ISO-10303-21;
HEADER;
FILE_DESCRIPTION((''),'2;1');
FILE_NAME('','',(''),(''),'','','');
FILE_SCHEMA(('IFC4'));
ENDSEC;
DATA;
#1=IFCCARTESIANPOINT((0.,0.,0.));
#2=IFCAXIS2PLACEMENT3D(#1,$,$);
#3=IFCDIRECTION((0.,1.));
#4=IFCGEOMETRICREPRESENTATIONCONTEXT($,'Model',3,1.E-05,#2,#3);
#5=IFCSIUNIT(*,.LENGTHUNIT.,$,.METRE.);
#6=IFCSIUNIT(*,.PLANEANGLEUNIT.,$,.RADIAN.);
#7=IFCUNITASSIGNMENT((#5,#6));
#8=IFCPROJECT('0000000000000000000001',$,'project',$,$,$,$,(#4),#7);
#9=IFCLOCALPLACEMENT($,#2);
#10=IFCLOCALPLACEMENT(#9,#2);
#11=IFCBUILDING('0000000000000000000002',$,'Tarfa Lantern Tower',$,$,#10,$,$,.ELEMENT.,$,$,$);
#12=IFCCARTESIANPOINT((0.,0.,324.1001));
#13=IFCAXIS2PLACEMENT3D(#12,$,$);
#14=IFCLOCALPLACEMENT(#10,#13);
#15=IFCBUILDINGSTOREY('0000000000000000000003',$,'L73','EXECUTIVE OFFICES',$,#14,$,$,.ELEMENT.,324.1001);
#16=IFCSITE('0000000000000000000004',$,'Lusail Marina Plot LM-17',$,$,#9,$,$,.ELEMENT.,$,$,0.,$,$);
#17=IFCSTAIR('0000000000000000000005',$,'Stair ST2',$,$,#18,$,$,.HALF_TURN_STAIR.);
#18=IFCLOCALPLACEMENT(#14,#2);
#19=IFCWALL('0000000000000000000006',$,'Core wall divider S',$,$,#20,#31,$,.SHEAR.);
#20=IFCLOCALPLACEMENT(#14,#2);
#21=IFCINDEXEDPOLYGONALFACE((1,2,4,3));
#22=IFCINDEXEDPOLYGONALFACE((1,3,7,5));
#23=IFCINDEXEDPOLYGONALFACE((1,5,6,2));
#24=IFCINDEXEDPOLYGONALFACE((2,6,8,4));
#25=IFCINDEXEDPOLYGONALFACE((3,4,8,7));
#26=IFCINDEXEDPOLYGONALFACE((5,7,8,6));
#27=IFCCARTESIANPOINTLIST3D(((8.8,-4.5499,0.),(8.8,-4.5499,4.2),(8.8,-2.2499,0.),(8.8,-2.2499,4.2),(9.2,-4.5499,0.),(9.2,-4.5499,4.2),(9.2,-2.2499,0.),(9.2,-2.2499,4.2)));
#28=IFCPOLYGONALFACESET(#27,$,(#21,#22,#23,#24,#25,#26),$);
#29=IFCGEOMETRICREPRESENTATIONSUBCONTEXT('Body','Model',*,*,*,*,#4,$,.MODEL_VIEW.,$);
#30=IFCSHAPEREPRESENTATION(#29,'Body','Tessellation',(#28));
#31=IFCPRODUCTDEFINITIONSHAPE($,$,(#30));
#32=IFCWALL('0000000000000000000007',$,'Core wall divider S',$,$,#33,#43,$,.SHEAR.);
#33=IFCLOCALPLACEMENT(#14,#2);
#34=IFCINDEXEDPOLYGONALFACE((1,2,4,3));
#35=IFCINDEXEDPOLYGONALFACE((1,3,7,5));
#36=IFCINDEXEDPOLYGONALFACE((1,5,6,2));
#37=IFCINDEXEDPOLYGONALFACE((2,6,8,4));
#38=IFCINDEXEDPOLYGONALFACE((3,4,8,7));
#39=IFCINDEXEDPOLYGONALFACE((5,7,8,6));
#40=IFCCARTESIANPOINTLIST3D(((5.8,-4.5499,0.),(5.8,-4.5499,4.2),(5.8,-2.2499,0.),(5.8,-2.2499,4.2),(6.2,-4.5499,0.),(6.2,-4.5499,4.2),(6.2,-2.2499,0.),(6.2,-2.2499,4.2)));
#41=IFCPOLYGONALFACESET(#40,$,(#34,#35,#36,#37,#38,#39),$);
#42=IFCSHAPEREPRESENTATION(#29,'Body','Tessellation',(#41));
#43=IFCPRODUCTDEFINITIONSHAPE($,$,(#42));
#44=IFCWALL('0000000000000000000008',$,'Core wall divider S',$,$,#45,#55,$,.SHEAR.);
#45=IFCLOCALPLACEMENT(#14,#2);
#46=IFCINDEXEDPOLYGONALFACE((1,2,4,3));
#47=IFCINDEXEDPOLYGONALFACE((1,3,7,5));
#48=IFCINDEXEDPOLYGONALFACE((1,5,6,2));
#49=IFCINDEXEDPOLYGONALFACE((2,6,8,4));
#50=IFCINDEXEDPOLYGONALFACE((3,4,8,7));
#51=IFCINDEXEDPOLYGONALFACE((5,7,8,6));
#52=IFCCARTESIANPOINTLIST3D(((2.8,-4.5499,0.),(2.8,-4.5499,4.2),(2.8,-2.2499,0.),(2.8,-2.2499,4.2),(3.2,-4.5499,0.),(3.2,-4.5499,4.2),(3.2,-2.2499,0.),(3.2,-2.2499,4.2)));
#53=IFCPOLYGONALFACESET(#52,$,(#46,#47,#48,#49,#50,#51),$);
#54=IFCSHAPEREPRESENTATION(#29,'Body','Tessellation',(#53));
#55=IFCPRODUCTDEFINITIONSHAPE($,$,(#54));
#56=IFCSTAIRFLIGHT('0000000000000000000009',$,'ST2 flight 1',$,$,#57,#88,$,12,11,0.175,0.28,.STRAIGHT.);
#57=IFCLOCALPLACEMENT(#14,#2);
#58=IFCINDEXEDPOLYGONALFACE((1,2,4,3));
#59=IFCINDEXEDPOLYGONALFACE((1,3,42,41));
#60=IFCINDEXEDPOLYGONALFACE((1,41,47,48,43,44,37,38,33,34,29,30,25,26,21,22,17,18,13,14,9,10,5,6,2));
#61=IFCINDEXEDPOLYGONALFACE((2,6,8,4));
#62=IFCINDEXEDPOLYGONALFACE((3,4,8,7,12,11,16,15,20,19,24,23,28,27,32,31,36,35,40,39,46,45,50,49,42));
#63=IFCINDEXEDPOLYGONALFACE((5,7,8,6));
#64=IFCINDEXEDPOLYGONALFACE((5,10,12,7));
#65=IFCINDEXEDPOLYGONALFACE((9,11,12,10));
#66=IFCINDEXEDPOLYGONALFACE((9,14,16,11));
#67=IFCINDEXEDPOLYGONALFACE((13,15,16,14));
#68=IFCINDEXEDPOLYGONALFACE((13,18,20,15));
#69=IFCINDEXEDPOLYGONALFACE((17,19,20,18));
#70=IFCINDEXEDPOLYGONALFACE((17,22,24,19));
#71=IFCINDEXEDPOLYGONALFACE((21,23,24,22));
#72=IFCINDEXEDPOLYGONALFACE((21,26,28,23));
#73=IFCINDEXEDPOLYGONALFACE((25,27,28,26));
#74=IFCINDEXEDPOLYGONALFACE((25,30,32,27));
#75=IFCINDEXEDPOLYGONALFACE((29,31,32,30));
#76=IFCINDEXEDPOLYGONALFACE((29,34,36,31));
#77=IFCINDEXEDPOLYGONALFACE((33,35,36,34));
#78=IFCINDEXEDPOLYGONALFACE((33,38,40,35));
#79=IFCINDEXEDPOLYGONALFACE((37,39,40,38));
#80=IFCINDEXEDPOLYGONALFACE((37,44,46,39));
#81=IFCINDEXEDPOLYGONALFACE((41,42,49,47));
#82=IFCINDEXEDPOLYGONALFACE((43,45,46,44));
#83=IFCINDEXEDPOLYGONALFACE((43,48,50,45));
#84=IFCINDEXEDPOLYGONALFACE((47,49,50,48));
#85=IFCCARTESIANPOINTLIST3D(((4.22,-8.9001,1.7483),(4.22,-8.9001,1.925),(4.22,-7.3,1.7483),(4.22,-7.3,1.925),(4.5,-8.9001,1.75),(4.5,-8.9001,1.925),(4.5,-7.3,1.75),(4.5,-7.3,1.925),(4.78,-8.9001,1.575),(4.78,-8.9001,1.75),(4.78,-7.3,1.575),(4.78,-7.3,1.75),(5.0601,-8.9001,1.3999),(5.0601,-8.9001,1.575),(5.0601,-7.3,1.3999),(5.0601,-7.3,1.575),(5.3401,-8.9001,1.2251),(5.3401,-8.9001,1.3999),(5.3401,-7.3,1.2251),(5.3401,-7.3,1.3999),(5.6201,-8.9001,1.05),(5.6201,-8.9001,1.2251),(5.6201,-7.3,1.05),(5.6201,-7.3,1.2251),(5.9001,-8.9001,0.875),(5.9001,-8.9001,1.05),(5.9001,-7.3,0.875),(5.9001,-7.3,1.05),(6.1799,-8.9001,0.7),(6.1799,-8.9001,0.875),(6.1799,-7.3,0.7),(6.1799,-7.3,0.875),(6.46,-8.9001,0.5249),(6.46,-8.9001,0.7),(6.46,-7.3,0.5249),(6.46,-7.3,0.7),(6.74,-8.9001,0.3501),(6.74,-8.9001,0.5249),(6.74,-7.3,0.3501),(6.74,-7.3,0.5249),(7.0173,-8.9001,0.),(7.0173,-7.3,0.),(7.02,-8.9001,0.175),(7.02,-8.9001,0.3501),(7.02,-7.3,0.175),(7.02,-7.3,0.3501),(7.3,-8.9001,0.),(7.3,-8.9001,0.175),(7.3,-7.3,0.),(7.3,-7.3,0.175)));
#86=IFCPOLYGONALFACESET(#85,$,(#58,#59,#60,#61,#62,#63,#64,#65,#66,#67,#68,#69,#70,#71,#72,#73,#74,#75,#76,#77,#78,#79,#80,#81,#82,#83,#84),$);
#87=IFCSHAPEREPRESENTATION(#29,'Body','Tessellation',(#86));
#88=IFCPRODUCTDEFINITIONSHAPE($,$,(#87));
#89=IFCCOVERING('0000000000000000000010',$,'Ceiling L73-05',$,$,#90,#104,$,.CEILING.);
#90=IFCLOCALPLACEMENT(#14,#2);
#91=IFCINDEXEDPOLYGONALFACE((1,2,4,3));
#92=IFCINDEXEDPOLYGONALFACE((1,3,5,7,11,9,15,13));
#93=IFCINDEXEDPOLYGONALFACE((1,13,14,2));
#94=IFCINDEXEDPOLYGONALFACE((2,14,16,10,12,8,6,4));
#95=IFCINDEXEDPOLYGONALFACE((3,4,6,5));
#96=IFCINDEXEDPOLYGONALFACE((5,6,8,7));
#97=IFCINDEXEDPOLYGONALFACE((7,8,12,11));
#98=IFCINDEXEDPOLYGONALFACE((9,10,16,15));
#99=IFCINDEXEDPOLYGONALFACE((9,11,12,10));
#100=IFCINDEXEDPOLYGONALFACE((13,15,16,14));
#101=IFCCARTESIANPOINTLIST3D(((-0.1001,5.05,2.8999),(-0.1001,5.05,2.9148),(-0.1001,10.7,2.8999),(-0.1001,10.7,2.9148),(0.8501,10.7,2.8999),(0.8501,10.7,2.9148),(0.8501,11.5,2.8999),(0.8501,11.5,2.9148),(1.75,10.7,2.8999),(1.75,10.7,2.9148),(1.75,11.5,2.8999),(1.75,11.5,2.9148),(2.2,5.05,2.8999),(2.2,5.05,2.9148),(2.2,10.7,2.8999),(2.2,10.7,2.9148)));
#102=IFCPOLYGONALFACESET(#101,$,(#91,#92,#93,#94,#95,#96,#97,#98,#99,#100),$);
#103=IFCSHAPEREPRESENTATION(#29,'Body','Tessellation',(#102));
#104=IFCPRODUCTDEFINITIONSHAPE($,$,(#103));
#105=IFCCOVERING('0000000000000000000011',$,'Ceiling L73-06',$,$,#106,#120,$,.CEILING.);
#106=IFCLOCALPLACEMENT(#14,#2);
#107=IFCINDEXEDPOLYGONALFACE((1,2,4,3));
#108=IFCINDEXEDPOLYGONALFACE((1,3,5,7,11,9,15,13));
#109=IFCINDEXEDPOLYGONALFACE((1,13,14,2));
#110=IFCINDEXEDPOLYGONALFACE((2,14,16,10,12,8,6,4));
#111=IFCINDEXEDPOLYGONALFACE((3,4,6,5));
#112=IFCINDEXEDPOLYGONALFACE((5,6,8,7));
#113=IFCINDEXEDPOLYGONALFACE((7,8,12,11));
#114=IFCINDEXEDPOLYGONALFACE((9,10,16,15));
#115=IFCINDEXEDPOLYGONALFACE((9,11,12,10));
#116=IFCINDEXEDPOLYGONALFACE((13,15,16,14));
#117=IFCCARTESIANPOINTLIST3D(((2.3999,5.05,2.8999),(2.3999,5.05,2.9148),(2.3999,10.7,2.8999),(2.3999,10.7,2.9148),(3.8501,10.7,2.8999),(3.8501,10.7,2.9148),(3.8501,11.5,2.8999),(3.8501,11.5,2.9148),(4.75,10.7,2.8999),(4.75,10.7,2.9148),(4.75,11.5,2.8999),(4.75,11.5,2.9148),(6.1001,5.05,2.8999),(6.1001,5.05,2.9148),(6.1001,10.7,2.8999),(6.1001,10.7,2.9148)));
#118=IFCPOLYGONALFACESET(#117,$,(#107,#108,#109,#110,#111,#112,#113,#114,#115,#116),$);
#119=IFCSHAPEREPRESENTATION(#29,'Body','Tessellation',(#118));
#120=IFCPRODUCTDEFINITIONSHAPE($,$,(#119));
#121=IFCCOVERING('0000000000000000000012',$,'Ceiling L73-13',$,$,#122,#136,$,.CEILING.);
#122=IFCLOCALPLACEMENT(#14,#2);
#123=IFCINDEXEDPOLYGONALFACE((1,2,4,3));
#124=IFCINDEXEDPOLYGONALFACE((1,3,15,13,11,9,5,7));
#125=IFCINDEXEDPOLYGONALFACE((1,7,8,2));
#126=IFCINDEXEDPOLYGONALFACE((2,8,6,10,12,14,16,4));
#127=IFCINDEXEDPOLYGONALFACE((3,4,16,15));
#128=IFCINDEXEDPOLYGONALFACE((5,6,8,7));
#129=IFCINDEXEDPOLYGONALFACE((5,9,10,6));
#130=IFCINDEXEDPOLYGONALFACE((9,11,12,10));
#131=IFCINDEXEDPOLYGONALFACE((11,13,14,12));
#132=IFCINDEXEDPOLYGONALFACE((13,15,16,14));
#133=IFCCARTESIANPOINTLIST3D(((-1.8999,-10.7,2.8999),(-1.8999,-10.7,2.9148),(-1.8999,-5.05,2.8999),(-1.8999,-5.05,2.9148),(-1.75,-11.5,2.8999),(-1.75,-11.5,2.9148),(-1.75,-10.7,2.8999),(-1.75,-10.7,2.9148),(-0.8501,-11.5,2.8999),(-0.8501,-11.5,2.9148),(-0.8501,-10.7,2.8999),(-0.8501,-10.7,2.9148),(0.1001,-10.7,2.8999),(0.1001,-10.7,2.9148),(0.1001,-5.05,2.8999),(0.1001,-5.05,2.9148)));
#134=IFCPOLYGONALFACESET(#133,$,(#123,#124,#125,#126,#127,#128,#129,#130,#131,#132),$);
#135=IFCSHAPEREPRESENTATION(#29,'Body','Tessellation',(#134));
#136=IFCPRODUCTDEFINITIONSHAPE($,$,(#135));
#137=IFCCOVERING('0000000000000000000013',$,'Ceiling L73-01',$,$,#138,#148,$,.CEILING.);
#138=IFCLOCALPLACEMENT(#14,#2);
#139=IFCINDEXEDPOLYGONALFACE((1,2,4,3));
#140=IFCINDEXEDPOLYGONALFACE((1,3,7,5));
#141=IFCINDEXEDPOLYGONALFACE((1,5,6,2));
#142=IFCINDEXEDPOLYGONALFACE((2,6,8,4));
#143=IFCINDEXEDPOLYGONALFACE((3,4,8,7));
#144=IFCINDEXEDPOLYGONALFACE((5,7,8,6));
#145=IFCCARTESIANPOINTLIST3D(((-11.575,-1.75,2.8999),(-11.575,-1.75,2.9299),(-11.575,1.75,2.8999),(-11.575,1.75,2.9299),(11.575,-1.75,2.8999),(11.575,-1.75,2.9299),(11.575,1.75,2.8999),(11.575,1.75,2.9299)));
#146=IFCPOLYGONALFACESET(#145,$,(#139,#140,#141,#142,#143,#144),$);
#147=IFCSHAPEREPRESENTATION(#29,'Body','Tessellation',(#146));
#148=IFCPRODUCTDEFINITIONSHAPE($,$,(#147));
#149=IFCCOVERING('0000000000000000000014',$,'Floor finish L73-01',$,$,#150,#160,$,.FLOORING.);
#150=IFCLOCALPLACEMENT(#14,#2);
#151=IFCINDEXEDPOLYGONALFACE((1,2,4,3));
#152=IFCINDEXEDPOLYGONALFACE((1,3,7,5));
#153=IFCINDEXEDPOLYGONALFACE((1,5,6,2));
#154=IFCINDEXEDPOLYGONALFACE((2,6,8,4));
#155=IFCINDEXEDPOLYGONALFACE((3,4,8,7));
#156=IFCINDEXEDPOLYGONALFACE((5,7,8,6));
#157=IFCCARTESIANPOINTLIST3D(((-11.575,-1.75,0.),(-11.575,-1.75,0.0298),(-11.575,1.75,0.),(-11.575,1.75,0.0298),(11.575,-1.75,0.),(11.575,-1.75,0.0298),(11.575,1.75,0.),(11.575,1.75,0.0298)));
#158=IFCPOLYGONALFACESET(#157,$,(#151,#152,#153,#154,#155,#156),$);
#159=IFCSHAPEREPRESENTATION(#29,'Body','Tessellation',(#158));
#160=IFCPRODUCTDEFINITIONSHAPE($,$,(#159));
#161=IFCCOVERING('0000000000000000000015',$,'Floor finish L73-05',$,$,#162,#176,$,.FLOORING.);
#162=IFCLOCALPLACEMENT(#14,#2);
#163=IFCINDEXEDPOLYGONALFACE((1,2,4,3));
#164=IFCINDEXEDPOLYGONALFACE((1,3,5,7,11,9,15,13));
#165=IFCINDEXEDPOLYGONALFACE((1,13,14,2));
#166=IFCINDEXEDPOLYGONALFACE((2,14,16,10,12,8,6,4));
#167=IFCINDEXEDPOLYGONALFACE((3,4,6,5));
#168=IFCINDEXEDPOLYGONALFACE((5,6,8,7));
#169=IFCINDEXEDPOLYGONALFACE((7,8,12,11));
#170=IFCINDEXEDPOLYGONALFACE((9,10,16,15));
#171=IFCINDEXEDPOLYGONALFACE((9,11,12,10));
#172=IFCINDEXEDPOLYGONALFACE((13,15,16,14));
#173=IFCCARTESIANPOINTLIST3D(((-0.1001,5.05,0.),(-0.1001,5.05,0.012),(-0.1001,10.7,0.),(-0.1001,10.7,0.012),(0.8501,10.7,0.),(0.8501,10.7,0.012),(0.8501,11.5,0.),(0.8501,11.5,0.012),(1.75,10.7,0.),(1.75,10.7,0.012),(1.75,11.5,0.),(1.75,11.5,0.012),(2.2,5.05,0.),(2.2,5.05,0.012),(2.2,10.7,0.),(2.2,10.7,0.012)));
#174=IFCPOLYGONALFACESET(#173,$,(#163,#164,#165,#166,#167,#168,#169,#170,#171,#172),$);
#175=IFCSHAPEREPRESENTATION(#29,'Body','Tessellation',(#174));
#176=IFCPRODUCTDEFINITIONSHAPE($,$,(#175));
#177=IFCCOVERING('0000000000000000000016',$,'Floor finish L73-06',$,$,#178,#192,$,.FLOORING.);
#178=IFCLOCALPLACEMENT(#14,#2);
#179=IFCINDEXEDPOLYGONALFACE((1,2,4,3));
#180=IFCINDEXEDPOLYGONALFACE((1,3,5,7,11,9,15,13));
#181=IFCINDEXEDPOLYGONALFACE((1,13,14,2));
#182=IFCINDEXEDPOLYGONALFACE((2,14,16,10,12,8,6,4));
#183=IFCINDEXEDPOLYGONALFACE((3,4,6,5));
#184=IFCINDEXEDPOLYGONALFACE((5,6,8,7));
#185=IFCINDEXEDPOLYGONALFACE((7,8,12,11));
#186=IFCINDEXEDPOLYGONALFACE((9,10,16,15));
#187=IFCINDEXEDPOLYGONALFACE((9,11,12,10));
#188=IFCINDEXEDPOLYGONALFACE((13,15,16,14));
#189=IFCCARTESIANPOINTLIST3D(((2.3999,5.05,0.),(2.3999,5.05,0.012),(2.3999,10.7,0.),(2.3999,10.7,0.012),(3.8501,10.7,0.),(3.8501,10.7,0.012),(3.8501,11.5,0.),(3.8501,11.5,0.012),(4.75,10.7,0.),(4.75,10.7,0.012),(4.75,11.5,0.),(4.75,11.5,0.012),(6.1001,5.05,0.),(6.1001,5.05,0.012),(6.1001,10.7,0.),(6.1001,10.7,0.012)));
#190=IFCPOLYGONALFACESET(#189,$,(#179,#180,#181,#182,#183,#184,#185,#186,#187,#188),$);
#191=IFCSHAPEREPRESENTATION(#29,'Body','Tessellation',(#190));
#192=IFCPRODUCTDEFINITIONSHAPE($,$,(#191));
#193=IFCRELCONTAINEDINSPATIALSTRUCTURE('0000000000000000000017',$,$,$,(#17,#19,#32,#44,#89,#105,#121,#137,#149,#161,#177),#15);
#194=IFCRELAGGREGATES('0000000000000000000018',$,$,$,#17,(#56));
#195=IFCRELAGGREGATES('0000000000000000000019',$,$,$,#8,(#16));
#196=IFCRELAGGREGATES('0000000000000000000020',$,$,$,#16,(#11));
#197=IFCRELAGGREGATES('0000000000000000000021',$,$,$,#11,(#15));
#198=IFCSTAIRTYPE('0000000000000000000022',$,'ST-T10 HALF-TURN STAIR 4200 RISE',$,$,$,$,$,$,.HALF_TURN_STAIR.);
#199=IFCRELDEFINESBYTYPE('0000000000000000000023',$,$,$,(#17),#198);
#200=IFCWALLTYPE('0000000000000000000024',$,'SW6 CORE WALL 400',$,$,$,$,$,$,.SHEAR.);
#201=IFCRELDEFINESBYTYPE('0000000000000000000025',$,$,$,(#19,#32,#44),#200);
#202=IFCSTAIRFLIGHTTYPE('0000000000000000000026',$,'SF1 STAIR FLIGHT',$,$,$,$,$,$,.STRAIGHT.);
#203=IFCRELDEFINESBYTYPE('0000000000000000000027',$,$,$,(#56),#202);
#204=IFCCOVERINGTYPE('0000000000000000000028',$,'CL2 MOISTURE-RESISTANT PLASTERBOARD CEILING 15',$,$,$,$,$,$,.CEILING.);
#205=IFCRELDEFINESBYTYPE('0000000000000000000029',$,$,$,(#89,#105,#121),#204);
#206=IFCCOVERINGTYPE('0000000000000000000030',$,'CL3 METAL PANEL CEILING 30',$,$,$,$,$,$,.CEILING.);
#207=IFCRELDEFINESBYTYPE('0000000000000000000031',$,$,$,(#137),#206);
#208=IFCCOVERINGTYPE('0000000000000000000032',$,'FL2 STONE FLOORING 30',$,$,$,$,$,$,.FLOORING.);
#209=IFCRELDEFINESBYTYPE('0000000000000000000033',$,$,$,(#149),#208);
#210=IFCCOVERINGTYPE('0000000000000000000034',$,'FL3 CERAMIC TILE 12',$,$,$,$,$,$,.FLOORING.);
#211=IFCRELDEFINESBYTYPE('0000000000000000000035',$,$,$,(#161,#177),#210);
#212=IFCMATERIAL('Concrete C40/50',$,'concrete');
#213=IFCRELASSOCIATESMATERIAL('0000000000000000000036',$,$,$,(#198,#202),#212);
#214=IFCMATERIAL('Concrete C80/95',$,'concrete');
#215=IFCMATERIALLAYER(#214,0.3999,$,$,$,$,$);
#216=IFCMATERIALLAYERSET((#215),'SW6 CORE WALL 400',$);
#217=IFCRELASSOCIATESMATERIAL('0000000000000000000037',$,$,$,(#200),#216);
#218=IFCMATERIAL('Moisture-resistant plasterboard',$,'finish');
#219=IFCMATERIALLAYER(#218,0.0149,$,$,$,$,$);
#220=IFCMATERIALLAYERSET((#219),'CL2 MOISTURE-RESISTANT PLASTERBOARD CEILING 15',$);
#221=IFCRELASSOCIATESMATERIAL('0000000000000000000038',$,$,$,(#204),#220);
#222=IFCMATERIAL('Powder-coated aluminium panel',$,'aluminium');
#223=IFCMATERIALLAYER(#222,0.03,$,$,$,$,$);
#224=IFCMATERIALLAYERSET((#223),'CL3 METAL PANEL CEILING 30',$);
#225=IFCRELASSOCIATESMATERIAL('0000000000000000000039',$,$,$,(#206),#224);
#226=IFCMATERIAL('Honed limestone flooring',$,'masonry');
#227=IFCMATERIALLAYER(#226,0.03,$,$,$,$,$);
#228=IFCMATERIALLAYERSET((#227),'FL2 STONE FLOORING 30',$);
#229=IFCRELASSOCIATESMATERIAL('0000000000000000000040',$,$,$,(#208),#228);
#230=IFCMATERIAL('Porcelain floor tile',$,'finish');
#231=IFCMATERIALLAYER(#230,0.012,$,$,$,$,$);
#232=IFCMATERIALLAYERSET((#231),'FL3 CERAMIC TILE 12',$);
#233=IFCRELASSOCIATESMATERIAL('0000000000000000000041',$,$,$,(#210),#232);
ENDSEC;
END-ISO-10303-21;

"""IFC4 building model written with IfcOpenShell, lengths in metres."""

from ifc_helpers import new_model, si_unit, direction, frame, frame_2d, origin, place, context, subcontext, project, spatial, polyline, rectangle, outline, extrude, material, layer, layer_set, type_object, element, aggregate, save


model = new_model("IFC4")

# Units and contexts
model_context = context("Model", 3, precision=1e-05, world=origin(), true_north=direction((0.0, 1.0)))
body_context = subcontext(model_context, "Body", "Model", "MODEL_VIEW")
ifc_project = project(units=[si_unit("LENGTHUNIT", "METRE"), si_unit("PLANEANGLEUNIT", "RADIAN")], contexts=[model_context])

# Site, building, storey
site_placement = place(None, origin())
site = spatial("IfcSite", under=ifc_project, at=site_placement, Name="Lusail Marina Plot LM-17", CompositionType="ELEMENT", RefElevation=0.0)
building_placement = place(site_placement, origin())
building = spatial("IfcBuilding", under=site, at=building_placement, Name="Tarfa Lantern Tower", CompositionType="ELEMENT")
storey_placement = place(building_placement, frame((0.0, 0.0, 324.1001)))
storey = spatial("IfcBuildingStorey", under=building, at=storey_placement, Name="L73", Description="EXECUTIVE OFFICES", CompositionType="ELEMENT", Elevation=324.1001)

# Stair
ifc_material_1 = material(Name="Concrete C40/50", Category="concrete")
stair_type = type_object("IfcStairType", Name="ST-T10 HALF-TURN STAIR 4200 RISE", PredefinedType="HALF_TURN_STAIR", material=ifc_material_1)
stair_placement = place(storey_placement, origin())
stair = element("IfcStair", 1, at=stair_placement, inside=storey, type_object=stair_type, Name="Stair ST2", PredefinedType="HALF_TURN_STAIR")

# Shared definitions
ifc_material_2 = material(Name="Concrete C80/95", Category="concrete")

# Walls
ifc_layer_1 = layer(ifc_material_2, 0.3999)
ifc_layer_set_1 = layer_set([ifc_layer_1], Name="SW6 CORE WALL 400")
wall_type_1 = type_object("IfcWallType", Name="SW6 CORE WALL 400", PredefinedType="SHEAR", material=ifc_layer_set_1)
for number, where, z_axis, x_axis, name in (
    (2, (9.0, -2.25, 0.0), (0.0, 0.0, 1.0), (0.0, -1.0, 0.0), "Core wall divider S"),
    (3, (6.0, -2.25, 0.0), (0.0, 0.0, 1.0), (0.0, -1.0, 0.0), "Core wall divider S"),
    (4, (3.0, -2.25, 0.0), (0.0, 0.0, 1.0), (0.0, -1.0, 0.0), "Core wall divider S"),
):
    element("IfcWall", number, at=place(storey_placement, frame(where, z_axis=z_axis, x_axis=x_axis)), inside=storey, type_object=wall_type_1, Name=name, PredefinedType="SHEAR", context=body_context, shape_type="SweptSolid", body=[
        extrude(rectangle(XDim=2.3, YDim=0.3999, at=frame_2d((1.1499, 0.0))), origin(), (0.0, 0.0, 1.0), 4.2),
    ])

# Stair flight
stair_flight_type = type_object("IfcStairFlightType", Name="SF1 STAIR FLIGHT", PredefinedType="STRAIGHT", material=ifc_material_1)
stair_flight_placement = place(storey_placement, frame((7.3, -8.1001, 0.0), z_axis=(0.0, 0.0, 1.0), x_axis=(-1.0, 0.0, 0.0)))
stair_flight = element("IfcStairFlight", 5, at=stair_flight_placement, type_object=stair_flight_type, Name="ST2 flight 1", NumberOfRisers=12, NumberOfTreads=11, PredefinedType="STRAIGHT", RiserHeight=0.175, TreadLength=0.28, context=body_context, shape_type="SweptSolid", body=[
    extrude(outline(polyline([(0.0, 0.0), (0.0, 0.175), (0.28, 0.175), (0.28, 0.3501), (0.5601, 0.3501), (0.5601, 0.5249), (0.8401, 0.5249), (0.8401, 0.7), (1.1201, 0.7), (1.1201, 0.875), (1.3999, 0.875), (1.3999, 1.05), (1.6799, 1.05), (1.6799, 1.2251), (1.96, 1.2251), (1.96, 1.3999), (2.24, 1.3999), (2.24, 1.575), (2.52, 1.575), (2.52, 1.75), (2.8, 1.75), (2.8, 1.925), (3.0801, 1.925), (3.0801, 2.1001), (3.0801, 1.7483), (0.2827, 0.0), (0.0, 0.0)])), frame((0.0, 0.8, 0.0), z_axis=(0.0, -1.0, 0.0), x_axis=(1.0, 0.0, 0.0)), (0.0, 0.0, 1.0), 1.6001),
])
aggregate(stair, [stair_flight])

# Coverings
ifc_material_3 = material(Name="Moisture-resistant plasterboard", Category="finish")
ifc_layer_2 = layer(ifc_material_3, 0.0149)
ifc_layer_set_2 = layer_set([ifc_layer_2], Name="CL2 MOISTURE-RESISTANT PLASTERBOARD CEILING 15")
covering_type_1 = type_object("IfcCoveringType", Name="CL2 MOISTURE-RESISTANT PLASTERBOARD CEILING 15", PredefinedType="CEILING", material=ifc_layer_set_2)
covering_1_placement = place(storey_placement, frame((0.0, 0.0, 2.8999)))
element("IfcCovering", 6, at=covering_1_placement, inside=storey, type_object=covering_type_1, Name="Ceiling L73-05", PredefinedType="CEILING", context=body_context, shape_type="SweptSolid", body=[
    extrude(outline(polyline([(0.8501, 10.7), (-0.1001, 10.7), (-0.1001, 5.05), (2.2, 5.05), (2.2, 10.7), (1.75, 10.7), (1.75, 11.5), (0.8501, 11.5), (0.8501, 10.7)])), origin(), (0.0, 0.0, 1.0), 0.0149),
])
covering_2_placement = place(storey_placement, frame((0.0, 0.0, 2.8999)))
element("IfcCovering", 7, at=covering_2_placement, inside=storey, type_object=covering_type_1, Name="Ceiling L73-06", PredefinedType="CEILING", context=body_context, shape_type="SweptSolid", body=[
    extrude(outline(polyline([(2.3999, 5.05), (6.1001, 5.05), (6.1001, 10.7), (4.75, 10.7), (4.75, 11.5), (3.8501, 11.5), (3.8501, 10.7), (2.3999, 10.7), (2.3999, 5.05)])), origin(), (0.0, 0.0, 1.0), 0.0149),
])
covering_3_placement = place(storey_placement, frame((0.0, 0.0, 2.8999)))
element("IfcCovering", 8, at=covering_3_placement, inside=storey, type_object=covering_type_1, Name="Ceiling L73-13", PredefinedType="CEILING", context=body_context, shape_type="SweptSolid", body=[
    extrude(outline(polyline([(-0.8501, -10.7), (0.1001, -10.7), (0.1001, -5.05), (-1.8999, -5.05), (-1.8999, -10.7), (-1.75, -10.7), (-1.75, -11.5), (-1.75, -11.5), (-0.8501, -11.5), (-0.8501, -10.7)])), origin(), (0.0, 0.0, 1.0), 0.0149),
])
ifc_material_4 = material(Name="Powder-coated aluminium panel", Category="aluminium")
ifc_layer_3 = layer(ifc_material_4, 0.03)
ifc_layer_set_3 = layer_set([ifc_layer_3], Name="CL3 METAL PANEL CEILING 30")
covering_type_2 = type_object("IfcCoveringType", Name="CL3 METAL PANEL CEILING 30", PredefinedType="CEILING", material=ifc_layer_set_3)
covering_4_placement = place(storey_placement, frame((0.0, 0.0, 2.8999)))
element("IfcCovering", 9, at=covering_4_placement, inside=storey, type_object=covering_type_2, Name="Ceiling L73-01", PredefinedType="CEILING", context=body_context, shape_type="SweptSolid", body=[
    extrude(outline(polyline([(-11.575, -1.75), (11.575, -1.75), (11.575, 1.75), (-11.575, 1.75), (-11.575, -1.75)])), origin(), (0.0, 0.0, 1.0), 0.03),
])
ifc_material_5 = material(Name="Honed limestone flooring", Category="masonry")
ifc_layer_4 = layer(ifc_material_5, 0.03)
ifc_layer_set_4 = layer_set([ifc_layer_4], Name="FL2 STONE FLOORING 30")
covering_type_3 = type_object("IfcCoveringType", Name="FL2 STONE FLOORING 30", PredefinedType="FLOORING", material=ifc_layer_set_4)
covering_5_placement = place(storey_placement, origin())
element("IfcCovering", 10, at=covering_5_placement, inside=storey, type_object=covering_type_3, Name="Floor finish L73-01", PredefinedType="FLOORING", context=body_context, shape_type="SweptSolid", body=[
    extrude(outline(polyline([(-11.575, -1.75), (11.575, -1.75), (11.575, 1.75), (-11.575, 1.75), (-11.575, -1.75)])), origin(), (0.0, 0.0, 1.0), 0.0298),
])
ifc_material_6 = material(Name="Porcelain floor tile", Category="finish")
ifc_layer_5 = layer(ifc_material_6, 0.012)
ifc_layer_set_5 = layer_set([ifc_layer_5], Name="FL3 CERAMIC TILE 12")
covering_type_4 = type_object("IfcCoveringType", Name="FL3 CERAMIC TILE 12", PredefinedType="FLOORING", material=ifc_layer_set_5)
covering_6_placement = place(storey_placement, origin())
element("IfcCovering", 11, at=covering_6_placement, inside=storey, type_object=covering_type_4, Name="Floor finish L73-05", PredefinedType="FLOORING", context=body_context, shape_type="SweptSolid", body=[
    extrude(outline(polyline([(0.8501, 10.7), (-0.1001, 10.7), (-0.1001, 5.05), (2.2, 5.05), (2.2, 10.7), (1.75, 10.7), (1.75, 11.5), (0.8501, 11.5), (0.8501, 10.7)])), origin(), (0.0, 0.0, 1.0), 0.012),
])
covering_7_placement = place(storey_placement, origin())
element("IfcCovering", 12, at=covering_7_placement, inside=storey, type_object=covering_type_4, Name="Floor finish L73-06", PredefinedType="FLOORING", context=body_context, shape_type="SweptSolid", body=[
    extrude(outline(polyline([(2.3999, 5.05), (6.1001, 5.05), (6.1001, 10.7), (4.75, 10.7), (4.75, 11.5), (3.8501, 11.5), (3.8501, 10.7), (2.3999, 10.7), (2.3999, 5.05)])), origin(), (0.0, 0.0, 1.0), 0.012),
])

save(model, "model.ifc")
